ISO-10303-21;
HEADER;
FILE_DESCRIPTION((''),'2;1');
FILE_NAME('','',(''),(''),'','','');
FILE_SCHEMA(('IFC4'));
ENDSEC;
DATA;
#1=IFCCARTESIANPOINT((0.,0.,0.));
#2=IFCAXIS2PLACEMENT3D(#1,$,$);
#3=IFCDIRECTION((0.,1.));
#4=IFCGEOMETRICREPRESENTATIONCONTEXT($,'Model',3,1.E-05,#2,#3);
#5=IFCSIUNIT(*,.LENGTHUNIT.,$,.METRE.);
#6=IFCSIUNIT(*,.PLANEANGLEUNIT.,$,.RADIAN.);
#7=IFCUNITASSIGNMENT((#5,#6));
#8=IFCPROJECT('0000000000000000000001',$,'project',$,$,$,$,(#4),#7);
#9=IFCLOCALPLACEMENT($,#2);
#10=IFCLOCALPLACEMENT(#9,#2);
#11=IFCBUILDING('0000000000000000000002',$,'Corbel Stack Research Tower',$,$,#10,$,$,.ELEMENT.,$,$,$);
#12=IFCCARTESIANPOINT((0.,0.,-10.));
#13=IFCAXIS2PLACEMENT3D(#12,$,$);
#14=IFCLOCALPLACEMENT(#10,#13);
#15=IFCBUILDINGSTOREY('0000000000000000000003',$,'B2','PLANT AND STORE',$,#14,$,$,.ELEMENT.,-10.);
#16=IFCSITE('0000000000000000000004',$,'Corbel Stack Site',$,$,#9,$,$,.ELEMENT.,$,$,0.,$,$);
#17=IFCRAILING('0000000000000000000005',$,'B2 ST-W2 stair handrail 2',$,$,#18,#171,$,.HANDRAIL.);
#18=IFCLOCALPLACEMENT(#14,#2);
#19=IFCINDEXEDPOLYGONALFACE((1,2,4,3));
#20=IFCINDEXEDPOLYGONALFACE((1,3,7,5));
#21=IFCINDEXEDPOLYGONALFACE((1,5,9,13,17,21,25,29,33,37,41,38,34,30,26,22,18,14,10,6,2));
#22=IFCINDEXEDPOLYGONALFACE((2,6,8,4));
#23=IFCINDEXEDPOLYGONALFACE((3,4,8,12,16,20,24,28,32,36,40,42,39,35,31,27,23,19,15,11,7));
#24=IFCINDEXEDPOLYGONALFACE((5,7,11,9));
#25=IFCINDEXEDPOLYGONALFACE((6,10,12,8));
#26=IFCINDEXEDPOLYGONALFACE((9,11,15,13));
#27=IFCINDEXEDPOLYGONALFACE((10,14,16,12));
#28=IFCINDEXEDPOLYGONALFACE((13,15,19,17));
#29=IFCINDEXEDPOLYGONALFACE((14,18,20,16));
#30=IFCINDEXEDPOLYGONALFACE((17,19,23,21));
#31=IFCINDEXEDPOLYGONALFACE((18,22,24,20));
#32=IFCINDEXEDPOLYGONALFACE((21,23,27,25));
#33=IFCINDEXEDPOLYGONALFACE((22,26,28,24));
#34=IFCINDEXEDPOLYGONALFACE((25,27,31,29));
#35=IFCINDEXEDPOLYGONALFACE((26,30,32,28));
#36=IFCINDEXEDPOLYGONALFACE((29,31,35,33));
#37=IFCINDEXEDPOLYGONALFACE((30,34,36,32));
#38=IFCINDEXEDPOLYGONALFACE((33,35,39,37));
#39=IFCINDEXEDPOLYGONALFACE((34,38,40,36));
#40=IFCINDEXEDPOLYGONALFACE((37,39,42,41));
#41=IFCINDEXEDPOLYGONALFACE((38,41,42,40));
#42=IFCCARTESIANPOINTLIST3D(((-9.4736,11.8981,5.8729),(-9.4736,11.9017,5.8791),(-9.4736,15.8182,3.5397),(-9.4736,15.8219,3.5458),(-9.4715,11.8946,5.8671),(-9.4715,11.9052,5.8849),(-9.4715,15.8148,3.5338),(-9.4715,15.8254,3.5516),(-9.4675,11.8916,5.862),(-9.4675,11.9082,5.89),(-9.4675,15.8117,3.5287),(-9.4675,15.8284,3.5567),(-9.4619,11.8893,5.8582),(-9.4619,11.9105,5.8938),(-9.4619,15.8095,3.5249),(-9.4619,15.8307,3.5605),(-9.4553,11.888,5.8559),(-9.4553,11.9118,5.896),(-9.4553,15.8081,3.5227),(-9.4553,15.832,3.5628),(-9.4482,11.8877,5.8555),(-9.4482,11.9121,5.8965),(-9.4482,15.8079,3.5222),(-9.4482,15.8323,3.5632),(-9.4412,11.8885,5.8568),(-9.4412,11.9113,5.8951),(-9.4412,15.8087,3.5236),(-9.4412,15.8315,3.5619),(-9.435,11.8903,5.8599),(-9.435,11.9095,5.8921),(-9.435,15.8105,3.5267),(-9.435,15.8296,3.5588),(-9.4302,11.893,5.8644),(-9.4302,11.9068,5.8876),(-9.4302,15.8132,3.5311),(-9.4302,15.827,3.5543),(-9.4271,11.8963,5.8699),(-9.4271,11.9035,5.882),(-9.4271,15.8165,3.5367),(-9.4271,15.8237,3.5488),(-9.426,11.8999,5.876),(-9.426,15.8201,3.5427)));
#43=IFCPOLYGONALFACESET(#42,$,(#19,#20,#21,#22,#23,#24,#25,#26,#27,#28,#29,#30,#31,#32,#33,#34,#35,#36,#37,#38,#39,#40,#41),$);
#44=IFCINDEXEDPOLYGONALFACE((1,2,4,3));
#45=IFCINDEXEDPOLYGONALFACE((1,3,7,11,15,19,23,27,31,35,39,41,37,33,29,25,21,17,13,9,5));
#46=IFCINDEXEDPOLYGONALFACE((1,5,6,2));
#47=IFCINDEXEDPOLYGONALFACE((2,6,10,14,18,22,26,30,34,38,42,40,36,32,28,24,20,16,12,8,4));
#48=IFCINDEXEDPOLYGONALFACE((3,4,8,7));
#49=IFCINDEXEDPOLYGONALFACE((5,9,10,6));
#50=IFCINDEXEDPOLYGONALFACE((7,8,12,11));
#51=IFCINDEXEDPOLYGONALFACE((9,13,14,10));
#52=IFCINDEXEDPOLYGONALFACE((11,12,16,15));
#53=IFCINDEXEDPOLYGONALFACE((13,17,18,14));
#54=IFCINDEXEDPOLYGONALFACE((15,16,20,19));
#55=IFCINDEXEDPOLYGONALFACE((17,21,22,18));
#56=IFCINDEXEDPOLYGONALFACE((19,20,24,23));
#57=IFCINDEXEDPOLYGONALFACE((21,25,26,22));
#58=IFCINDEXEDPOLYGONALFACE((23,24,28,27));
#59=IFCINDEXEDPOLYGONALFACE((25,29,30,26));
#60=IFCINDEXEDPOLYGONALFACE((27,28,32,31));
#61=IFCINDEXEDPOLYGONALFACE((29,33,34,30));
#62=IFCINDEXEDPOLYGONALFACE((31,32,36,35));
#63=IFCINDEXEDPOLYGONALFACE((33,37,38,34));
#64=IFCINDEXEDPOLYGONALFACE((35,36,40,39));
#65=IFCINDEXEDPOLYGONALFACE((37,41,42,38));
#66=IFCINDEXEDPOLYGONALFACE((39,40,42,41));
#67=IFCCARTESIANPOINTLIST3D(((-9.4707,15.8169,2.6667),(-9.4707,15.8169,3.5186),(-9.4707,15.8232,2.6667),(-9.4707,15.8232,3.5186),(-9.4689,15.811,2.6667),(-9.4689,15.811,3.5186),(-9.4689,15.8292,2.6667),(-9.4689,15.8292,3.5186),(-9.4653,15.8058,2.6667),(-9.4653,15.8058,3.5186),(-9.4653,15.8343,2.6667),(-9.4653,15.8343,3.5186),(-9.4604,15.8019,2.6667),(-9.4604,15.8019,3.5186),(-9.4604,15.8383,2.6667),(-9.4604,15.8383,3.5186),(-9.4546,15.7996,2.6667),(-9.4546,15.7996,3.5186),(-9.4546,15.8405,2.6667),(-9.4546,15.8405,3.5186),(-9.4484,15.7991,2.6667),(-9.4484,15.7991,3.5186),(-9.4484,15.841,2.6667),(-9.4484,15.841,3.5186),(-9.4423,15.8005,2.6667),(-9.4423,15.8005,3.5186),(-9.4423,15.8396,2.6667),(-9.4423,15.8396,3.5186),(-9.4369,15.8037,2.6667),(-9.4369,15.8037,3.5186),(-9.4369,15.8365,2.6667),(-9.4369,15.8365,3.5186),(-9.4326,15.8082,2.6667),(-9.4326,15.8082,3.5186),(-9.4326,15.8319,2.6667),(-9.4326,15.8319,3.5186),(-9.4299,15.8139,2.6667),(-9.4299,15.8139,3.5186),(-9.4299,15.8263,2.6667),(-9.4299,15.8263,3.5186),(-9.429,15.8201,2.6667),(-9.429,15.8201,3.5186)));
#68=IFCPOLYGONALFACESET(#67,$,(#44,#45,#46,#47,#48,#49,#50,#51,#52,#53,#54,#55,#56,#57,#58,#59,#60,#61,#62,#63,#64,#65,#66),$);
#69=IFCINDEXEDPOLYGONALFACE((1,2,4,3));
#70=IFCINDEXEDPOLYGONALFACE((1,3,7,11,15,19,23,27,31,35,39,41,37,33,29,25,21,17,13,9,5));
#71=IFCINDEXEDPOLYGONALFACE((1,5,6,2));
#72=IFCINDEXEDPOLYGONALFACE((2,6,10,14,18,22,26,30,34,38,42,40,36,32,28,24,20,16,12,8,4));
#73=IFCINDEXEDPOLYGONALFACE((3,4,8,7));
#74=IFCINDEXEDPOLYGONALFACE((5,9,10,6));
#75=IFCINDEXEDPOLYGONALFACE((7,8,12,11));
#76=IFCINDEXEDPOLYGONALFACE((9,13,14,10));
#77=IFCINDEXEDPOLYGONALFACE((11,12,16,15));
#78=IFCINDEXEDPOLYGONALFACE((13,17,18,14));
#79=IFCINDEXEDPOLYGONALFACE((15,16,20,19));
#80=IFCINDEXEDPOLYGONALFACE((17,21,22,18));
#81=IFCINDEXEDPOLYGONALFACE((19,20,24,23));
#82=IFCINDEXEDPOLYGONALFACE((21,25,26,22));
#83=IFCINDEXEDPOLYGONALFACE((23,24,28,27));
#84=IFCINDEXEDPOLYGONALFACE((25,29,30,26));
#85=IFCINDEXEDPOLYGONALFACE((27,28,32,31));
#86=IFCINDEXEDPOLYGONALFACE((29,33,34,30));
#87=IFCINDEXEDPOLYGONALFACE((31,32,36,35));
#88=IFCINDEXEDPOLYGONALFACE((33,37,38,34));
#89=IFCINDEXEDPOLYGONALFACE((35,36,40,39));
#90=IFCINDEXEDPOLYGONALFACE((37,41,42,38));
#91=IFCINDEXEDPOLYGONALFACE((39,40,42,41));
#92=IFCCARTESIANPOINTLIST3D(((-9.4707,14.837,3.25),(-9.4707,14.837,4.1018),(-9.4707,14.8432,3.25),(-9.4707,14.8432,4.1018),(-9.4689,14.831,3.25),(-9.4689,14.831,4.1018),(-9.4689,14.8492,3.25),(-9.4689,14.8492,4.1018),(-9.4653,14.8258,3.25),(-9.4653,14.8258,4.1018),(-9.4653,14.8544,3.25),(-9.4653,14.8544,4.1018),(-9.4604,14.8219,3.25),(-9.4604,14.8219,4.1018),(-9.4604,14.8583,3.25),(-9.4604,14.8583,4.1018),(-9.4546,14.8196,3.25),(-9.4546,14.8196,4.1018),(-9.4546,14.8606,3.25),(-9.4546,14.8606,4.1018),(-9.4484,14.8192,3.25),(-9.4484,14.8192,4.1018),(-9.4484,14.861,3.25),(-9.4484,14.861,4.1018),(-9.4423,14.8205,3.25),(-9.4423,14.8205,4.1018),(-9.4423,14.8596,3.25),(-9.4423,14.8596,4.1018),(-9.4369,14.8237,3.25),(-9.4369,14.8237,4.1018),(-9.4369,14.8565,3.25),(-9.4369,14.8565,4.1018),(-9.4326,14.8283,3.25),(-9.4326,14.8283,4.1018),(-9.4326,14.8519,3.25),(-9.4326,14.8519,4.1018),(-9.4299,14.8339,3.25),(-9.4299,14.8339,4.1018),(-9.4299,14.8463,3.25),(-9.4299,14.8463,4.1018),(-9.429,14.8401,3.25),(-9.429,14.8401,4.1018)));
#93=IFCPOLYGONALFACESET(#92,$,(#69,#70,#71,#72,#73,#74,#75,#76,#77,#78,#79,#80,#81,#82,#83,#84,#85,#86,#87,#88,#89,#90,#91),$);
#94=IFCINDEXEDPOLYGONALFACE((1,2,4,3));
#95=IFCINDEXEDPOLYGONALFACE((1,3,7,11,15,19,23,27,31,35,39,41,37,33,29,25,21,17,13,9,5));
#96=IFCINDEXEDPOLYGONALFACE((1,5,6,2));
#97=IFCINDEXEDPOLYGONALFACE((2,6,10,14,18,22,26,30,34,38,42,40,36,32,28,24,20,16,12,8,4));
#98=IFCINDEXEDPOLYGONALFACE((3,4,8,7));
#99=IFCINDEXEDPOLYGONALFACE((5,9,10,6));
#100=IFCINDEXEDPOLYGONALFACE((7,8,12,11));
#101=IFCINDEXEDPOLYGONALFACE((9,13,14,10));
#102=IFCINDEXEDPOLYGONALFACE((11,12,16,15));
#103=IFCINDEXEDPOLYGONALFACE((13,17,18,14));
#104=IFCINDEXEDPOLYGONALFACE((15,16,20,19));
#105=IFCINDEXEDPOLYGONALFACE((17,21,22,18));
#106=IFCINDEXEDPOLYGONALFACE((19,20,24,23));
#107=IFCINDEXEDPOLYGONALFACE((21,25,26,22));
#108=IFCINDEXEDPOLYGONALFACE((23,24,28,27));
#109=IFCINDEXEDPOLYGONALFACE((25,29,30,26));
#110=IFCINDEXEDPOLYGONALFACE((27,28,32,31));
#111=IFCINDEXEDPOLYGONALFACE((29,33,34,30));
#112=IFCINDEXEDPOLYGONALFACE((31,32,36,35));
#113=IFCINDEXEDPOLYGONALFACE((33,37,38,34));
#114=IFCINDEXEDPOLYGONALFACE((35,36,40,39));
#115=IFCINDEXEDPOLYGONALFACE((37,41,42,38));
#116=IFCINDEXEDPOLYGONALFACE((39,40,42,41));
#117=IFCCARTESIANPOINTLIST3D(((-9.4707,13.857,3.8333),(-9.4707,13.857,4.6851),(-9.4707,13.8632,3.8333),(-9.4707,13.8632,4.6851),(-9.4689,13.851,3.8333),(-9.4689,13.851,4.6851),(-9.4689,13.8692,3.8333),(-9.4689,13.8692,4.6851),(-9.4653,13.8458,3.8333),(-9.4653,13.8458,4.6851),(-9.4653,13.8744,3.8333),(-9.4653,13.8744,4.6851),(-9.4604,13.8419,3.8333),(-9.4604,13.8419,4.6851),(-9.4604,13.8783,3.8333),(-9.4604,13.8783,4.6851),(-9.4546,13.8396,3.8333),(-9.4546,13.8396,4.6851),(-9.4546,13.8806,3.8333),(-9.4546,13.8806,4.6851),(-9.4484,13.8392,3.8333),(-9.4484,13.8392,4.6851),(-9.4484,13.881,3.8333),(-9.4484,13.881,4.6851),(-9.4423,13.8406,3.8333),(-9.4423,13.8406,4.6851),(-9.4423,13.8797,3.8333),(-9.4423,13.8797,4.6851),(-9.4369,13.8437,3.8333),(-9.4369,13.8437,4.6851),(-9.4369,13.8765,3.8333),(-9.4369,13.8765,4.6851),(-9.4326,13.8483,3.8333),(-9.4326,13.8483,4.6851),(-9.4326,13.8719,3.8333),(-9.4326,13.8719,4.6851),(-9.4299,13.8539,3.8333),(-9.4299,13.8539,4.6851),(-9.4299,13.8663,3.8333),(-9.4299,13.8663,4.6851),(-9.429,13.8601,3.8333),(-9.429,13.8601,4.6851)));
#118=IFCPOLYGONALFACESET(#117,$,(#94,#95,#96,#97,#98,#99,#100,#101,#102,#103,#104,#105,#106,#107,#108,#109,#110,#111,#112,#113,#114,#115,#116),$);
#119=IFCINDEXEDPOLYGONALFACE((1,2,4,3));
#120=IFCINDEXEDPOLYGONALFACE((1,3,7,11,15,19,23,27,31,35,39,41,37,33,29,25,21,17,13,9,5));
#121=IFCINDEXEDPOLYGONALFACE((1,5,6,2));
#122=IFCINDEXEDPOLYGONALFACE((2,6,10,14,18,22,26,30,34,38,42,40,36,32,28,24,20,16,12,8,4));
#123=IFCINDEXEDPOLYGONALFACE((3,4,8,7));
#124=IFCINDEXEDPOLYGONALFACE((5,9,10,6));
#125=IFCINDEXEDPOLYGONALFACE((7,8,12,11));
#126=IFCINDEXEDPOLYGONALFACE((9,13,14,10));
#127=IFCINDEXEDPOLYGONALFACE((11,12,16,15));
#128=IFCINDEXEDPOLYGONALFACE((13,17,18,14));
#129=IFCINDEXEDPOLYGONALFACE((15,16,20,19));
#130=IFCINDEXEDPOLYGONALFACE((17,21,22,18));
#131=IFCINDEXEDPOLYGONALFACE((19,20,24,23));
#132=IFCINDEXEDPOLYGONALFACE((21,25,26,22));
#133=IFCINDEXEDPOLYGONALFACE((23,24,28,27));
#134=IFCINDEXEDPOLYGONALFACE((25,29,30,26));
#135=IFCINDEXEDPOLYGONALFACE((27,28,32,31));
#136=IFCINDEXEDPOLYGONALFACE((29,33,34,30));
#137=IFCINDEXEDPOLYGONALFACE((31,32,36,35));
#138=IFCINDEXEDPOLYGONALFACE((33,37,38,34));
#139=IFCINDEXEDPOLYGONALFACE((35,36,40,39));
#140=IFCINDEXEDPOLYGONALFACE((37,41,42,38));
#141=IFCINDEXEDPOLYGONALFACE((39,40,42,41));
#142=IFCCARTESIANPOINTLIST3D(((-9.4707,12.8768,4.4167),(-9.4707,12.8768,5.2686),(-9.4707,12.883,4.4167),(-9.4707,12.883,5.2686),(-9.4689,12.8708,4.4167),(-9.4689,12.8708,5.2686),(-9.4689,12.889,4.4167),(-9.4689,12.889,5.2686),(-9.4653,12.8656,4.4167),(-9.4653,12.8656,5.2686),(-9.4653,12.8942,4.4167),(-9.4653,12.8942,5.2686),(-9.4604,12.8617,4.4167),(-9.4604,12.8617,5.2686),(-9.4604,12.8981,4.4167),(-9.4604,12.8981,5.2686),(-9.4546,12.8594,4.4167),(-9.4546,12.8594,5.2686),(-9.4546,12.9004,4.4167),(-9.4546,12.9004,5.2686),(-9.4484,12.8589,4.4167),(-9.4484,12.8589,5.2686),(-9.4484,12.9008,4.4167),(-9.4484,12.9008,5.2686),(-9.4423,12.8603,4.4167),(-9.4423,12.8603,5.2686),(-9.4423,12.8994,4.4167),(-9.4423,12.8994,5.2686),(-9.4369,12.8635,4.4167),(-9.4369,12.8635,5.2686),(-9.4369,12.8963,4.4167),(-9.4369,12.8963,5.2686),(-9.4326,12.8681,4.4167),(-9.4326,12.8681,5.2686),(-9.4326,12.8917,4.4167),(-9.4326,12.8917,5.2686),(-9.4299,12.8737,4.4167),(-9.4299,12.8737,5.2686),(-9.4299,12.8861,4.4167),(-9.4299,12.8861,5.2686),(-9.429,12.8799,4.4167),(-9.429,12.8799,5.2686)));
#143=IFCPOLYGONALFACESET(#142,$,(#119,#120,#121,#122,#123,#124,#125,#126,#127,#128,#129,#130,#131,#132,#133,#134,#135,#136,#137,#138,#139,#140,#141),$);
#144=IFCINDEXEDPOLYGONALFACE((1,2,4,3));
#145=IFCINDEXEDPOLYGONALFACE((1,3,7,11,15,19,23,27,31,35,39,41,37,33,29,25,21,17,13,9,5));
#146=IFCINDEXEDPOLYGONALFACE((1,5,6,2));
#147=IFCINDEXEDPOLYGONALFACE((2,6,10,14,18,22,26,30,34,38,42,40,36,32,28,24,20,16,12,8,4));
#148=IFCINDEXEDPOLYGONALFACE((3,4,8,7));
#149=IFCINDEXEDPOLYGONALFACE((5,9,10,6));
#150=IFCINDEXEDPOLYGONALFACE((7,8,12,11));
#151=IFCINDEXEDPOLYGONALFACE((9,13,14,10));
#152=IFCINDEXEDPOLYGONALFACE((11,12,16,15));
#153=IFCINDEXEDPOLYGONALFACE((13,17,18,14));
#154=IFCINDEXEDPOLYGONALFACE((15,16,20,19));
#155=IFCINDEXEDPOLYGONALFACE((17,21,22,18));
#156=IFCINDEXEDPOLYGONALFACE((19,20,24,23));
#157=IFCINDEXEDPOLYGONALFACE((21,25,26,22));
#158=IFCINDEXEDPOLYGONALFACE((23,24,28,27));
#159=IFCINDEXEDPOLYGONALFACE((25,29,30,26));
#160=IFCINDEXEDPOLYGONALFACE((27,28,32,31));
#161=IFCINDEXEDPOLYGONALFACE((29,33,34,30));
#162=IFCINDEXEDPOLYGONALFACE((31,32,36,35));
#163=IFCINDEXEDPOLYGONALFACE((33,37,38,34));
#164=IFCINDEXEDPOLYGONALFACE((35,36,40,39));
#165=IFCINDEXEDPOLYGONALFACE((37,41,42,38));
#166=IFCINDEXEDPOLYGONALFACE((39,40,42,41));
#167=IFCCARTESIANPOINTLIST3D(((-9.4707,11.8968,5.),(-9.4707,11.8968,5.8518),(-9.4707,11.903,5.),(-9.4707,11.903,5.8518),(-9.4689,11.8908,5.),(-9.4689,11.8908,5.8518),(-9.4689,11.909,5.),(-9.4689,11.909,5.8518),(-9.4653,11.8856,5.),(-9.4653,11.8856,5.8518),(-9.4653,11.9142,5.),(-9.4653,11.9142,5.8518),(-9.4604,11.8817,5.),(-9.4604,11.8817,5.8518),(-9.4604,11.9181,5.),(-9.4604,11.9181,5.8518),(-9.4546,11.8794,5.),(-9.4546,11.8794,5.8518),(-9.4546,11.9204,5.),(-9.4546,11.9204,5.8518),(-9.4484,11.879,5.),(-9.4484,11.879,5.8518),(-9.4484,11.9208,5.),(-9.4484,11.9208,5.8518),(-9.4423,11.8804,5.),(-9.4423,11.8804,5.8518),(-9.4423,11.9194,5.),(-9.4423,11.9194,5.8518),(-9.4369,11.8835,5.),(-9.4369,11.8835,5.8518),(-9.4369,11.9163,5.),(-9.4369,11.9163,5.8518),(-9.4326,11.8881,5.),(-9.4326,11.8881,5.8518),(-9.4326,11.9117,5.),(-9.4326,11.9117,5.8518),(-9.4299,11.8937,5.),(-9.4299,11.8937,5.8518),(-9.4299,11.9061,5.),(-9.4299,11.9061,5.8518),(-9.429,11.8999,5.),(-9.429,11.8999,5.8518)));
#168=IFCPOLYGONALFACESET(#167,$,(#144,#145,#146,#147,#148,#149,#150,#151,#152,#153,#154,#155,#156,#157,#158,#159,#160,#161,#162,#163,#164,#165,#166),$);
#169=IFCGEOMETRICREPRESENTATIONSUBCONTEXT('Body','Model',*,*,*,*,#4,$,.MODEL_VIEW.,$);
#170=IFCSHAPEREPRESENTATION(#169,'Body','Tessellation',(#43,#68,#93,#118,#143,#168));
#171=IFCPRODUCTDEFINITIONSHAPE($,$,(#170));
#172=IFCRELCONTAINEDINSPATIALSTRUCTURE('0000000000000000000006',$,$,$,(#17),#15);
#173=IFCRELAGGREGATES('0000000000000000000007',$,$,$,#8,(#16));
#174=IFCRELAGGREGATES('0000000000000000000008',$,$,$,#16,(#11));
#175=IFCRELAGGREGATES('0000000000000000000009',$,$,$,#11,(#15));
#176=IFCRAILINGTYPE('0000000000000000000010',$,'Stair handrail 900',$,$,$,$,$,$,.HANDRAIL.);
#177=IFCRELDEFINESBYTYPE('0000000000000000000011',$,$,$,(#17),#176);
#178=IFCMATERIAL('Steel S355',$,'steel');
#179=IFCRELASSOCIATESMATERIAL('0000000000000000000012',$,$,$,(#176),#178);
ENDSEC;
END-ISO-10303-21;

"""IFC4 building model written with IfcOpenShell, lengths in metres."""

from ifc_helpers import new_model, si_unit, direction, frame, origin, origin_2d, place, context, subcontext, project, spatial, circle, extrude, material, type_object, element, save


model = new_model("IFC4")

# Units and contexts
model_context = context("Model", 3, precision=1e-05, world=origin(), true_north=direction((0.0, 1.0)))
body_context = subcontext(model_context, "Body", "Model", "MODEL_VIEW")
ifc_project = project(units=[si_unit("LENGTHUNIT", "METRE"), si_unit("PLANEANGLEUNIT", "RADIAN")], contexts=[model_context])

# Site, building, storey
site_placement = place(None, origin())
site = spatial("IfcSite", under=ifc_project, at=site_placement, Name="Corbel Stack Site", CompositionType="ELEMENT", RefElevation=0.0)
building_placement = place(site_placement, origin())
building = spatial("IfcBuilding", under=site, at=building_placement, Name="Corbel Stack Research Tower", CompositionType="ELEMENT")
storey_placement = place(building_placement, frame((0.0, 0.0, -10.0)))
storey = spatial("IfcBuildingStorey", under=building, at=storey_placement, Name="B2", Description="PLANT AND STORE", CompositionType="ELEMENT", Elevation=-10.0)

# Railing
ifc_material_1 = material(Name="Steel S355", Category="steel")
railing_type_1 = type_object("IfcRailingType", Name="Stair handrail 900", PredefinedType="HANDRAIL", material=ifc_material_1)
railing_1_placement = place(storey_placement, frame((-9.45, 15.8201, 2.6667)))
element("IfcRailing", 1, at=railing_1_placement, inside=storey, type_object=railing_type_1, Name="B2 ST-W2 stair handrail 2", PredefinedType="HANDRAIL", context=body_context, shape_type="SweptSolid", body=[
    extrude(circle(Radius=0.0239, at=origin_2d()), frame((0.0, 0.0, 0.876), z_axis=(0.0, -0.85931, 0.511455), x_axis=(1.0, 0.0, 0.0)), (0.0, 0.0, 1.0), 4.562),
    extrude(circle(Radius=0.021, at=origin_2d()), origin(), (0.0, 0.0, 1.0), 0.8518),
    extrude(circle(Radius=0.021, at=origin_2d()), frame((0.0, -0.98, 0.5833)), (0.0, 0.0, 1.0), 0.8518),
    extrude(circle(Radius=0.021, at=origin_2d()), frame((0.0, -1.96, 1.1665)), (0.0, 0.0, 1.0), 0.8518),
    extrude(circle(Radius=0.021, at=origin_2d()), frame((0.0, -2.9402, 1.75)), (0.0, 0.0, 1.0), 0.8518),
    extrude(circle(Radius=0.021, at=origin_2d()), frame((0.0, -3.9202, 2.3333)), (0.0, 0.0, 1.0), 0.8518),
])

save(model, "model.ifc")
